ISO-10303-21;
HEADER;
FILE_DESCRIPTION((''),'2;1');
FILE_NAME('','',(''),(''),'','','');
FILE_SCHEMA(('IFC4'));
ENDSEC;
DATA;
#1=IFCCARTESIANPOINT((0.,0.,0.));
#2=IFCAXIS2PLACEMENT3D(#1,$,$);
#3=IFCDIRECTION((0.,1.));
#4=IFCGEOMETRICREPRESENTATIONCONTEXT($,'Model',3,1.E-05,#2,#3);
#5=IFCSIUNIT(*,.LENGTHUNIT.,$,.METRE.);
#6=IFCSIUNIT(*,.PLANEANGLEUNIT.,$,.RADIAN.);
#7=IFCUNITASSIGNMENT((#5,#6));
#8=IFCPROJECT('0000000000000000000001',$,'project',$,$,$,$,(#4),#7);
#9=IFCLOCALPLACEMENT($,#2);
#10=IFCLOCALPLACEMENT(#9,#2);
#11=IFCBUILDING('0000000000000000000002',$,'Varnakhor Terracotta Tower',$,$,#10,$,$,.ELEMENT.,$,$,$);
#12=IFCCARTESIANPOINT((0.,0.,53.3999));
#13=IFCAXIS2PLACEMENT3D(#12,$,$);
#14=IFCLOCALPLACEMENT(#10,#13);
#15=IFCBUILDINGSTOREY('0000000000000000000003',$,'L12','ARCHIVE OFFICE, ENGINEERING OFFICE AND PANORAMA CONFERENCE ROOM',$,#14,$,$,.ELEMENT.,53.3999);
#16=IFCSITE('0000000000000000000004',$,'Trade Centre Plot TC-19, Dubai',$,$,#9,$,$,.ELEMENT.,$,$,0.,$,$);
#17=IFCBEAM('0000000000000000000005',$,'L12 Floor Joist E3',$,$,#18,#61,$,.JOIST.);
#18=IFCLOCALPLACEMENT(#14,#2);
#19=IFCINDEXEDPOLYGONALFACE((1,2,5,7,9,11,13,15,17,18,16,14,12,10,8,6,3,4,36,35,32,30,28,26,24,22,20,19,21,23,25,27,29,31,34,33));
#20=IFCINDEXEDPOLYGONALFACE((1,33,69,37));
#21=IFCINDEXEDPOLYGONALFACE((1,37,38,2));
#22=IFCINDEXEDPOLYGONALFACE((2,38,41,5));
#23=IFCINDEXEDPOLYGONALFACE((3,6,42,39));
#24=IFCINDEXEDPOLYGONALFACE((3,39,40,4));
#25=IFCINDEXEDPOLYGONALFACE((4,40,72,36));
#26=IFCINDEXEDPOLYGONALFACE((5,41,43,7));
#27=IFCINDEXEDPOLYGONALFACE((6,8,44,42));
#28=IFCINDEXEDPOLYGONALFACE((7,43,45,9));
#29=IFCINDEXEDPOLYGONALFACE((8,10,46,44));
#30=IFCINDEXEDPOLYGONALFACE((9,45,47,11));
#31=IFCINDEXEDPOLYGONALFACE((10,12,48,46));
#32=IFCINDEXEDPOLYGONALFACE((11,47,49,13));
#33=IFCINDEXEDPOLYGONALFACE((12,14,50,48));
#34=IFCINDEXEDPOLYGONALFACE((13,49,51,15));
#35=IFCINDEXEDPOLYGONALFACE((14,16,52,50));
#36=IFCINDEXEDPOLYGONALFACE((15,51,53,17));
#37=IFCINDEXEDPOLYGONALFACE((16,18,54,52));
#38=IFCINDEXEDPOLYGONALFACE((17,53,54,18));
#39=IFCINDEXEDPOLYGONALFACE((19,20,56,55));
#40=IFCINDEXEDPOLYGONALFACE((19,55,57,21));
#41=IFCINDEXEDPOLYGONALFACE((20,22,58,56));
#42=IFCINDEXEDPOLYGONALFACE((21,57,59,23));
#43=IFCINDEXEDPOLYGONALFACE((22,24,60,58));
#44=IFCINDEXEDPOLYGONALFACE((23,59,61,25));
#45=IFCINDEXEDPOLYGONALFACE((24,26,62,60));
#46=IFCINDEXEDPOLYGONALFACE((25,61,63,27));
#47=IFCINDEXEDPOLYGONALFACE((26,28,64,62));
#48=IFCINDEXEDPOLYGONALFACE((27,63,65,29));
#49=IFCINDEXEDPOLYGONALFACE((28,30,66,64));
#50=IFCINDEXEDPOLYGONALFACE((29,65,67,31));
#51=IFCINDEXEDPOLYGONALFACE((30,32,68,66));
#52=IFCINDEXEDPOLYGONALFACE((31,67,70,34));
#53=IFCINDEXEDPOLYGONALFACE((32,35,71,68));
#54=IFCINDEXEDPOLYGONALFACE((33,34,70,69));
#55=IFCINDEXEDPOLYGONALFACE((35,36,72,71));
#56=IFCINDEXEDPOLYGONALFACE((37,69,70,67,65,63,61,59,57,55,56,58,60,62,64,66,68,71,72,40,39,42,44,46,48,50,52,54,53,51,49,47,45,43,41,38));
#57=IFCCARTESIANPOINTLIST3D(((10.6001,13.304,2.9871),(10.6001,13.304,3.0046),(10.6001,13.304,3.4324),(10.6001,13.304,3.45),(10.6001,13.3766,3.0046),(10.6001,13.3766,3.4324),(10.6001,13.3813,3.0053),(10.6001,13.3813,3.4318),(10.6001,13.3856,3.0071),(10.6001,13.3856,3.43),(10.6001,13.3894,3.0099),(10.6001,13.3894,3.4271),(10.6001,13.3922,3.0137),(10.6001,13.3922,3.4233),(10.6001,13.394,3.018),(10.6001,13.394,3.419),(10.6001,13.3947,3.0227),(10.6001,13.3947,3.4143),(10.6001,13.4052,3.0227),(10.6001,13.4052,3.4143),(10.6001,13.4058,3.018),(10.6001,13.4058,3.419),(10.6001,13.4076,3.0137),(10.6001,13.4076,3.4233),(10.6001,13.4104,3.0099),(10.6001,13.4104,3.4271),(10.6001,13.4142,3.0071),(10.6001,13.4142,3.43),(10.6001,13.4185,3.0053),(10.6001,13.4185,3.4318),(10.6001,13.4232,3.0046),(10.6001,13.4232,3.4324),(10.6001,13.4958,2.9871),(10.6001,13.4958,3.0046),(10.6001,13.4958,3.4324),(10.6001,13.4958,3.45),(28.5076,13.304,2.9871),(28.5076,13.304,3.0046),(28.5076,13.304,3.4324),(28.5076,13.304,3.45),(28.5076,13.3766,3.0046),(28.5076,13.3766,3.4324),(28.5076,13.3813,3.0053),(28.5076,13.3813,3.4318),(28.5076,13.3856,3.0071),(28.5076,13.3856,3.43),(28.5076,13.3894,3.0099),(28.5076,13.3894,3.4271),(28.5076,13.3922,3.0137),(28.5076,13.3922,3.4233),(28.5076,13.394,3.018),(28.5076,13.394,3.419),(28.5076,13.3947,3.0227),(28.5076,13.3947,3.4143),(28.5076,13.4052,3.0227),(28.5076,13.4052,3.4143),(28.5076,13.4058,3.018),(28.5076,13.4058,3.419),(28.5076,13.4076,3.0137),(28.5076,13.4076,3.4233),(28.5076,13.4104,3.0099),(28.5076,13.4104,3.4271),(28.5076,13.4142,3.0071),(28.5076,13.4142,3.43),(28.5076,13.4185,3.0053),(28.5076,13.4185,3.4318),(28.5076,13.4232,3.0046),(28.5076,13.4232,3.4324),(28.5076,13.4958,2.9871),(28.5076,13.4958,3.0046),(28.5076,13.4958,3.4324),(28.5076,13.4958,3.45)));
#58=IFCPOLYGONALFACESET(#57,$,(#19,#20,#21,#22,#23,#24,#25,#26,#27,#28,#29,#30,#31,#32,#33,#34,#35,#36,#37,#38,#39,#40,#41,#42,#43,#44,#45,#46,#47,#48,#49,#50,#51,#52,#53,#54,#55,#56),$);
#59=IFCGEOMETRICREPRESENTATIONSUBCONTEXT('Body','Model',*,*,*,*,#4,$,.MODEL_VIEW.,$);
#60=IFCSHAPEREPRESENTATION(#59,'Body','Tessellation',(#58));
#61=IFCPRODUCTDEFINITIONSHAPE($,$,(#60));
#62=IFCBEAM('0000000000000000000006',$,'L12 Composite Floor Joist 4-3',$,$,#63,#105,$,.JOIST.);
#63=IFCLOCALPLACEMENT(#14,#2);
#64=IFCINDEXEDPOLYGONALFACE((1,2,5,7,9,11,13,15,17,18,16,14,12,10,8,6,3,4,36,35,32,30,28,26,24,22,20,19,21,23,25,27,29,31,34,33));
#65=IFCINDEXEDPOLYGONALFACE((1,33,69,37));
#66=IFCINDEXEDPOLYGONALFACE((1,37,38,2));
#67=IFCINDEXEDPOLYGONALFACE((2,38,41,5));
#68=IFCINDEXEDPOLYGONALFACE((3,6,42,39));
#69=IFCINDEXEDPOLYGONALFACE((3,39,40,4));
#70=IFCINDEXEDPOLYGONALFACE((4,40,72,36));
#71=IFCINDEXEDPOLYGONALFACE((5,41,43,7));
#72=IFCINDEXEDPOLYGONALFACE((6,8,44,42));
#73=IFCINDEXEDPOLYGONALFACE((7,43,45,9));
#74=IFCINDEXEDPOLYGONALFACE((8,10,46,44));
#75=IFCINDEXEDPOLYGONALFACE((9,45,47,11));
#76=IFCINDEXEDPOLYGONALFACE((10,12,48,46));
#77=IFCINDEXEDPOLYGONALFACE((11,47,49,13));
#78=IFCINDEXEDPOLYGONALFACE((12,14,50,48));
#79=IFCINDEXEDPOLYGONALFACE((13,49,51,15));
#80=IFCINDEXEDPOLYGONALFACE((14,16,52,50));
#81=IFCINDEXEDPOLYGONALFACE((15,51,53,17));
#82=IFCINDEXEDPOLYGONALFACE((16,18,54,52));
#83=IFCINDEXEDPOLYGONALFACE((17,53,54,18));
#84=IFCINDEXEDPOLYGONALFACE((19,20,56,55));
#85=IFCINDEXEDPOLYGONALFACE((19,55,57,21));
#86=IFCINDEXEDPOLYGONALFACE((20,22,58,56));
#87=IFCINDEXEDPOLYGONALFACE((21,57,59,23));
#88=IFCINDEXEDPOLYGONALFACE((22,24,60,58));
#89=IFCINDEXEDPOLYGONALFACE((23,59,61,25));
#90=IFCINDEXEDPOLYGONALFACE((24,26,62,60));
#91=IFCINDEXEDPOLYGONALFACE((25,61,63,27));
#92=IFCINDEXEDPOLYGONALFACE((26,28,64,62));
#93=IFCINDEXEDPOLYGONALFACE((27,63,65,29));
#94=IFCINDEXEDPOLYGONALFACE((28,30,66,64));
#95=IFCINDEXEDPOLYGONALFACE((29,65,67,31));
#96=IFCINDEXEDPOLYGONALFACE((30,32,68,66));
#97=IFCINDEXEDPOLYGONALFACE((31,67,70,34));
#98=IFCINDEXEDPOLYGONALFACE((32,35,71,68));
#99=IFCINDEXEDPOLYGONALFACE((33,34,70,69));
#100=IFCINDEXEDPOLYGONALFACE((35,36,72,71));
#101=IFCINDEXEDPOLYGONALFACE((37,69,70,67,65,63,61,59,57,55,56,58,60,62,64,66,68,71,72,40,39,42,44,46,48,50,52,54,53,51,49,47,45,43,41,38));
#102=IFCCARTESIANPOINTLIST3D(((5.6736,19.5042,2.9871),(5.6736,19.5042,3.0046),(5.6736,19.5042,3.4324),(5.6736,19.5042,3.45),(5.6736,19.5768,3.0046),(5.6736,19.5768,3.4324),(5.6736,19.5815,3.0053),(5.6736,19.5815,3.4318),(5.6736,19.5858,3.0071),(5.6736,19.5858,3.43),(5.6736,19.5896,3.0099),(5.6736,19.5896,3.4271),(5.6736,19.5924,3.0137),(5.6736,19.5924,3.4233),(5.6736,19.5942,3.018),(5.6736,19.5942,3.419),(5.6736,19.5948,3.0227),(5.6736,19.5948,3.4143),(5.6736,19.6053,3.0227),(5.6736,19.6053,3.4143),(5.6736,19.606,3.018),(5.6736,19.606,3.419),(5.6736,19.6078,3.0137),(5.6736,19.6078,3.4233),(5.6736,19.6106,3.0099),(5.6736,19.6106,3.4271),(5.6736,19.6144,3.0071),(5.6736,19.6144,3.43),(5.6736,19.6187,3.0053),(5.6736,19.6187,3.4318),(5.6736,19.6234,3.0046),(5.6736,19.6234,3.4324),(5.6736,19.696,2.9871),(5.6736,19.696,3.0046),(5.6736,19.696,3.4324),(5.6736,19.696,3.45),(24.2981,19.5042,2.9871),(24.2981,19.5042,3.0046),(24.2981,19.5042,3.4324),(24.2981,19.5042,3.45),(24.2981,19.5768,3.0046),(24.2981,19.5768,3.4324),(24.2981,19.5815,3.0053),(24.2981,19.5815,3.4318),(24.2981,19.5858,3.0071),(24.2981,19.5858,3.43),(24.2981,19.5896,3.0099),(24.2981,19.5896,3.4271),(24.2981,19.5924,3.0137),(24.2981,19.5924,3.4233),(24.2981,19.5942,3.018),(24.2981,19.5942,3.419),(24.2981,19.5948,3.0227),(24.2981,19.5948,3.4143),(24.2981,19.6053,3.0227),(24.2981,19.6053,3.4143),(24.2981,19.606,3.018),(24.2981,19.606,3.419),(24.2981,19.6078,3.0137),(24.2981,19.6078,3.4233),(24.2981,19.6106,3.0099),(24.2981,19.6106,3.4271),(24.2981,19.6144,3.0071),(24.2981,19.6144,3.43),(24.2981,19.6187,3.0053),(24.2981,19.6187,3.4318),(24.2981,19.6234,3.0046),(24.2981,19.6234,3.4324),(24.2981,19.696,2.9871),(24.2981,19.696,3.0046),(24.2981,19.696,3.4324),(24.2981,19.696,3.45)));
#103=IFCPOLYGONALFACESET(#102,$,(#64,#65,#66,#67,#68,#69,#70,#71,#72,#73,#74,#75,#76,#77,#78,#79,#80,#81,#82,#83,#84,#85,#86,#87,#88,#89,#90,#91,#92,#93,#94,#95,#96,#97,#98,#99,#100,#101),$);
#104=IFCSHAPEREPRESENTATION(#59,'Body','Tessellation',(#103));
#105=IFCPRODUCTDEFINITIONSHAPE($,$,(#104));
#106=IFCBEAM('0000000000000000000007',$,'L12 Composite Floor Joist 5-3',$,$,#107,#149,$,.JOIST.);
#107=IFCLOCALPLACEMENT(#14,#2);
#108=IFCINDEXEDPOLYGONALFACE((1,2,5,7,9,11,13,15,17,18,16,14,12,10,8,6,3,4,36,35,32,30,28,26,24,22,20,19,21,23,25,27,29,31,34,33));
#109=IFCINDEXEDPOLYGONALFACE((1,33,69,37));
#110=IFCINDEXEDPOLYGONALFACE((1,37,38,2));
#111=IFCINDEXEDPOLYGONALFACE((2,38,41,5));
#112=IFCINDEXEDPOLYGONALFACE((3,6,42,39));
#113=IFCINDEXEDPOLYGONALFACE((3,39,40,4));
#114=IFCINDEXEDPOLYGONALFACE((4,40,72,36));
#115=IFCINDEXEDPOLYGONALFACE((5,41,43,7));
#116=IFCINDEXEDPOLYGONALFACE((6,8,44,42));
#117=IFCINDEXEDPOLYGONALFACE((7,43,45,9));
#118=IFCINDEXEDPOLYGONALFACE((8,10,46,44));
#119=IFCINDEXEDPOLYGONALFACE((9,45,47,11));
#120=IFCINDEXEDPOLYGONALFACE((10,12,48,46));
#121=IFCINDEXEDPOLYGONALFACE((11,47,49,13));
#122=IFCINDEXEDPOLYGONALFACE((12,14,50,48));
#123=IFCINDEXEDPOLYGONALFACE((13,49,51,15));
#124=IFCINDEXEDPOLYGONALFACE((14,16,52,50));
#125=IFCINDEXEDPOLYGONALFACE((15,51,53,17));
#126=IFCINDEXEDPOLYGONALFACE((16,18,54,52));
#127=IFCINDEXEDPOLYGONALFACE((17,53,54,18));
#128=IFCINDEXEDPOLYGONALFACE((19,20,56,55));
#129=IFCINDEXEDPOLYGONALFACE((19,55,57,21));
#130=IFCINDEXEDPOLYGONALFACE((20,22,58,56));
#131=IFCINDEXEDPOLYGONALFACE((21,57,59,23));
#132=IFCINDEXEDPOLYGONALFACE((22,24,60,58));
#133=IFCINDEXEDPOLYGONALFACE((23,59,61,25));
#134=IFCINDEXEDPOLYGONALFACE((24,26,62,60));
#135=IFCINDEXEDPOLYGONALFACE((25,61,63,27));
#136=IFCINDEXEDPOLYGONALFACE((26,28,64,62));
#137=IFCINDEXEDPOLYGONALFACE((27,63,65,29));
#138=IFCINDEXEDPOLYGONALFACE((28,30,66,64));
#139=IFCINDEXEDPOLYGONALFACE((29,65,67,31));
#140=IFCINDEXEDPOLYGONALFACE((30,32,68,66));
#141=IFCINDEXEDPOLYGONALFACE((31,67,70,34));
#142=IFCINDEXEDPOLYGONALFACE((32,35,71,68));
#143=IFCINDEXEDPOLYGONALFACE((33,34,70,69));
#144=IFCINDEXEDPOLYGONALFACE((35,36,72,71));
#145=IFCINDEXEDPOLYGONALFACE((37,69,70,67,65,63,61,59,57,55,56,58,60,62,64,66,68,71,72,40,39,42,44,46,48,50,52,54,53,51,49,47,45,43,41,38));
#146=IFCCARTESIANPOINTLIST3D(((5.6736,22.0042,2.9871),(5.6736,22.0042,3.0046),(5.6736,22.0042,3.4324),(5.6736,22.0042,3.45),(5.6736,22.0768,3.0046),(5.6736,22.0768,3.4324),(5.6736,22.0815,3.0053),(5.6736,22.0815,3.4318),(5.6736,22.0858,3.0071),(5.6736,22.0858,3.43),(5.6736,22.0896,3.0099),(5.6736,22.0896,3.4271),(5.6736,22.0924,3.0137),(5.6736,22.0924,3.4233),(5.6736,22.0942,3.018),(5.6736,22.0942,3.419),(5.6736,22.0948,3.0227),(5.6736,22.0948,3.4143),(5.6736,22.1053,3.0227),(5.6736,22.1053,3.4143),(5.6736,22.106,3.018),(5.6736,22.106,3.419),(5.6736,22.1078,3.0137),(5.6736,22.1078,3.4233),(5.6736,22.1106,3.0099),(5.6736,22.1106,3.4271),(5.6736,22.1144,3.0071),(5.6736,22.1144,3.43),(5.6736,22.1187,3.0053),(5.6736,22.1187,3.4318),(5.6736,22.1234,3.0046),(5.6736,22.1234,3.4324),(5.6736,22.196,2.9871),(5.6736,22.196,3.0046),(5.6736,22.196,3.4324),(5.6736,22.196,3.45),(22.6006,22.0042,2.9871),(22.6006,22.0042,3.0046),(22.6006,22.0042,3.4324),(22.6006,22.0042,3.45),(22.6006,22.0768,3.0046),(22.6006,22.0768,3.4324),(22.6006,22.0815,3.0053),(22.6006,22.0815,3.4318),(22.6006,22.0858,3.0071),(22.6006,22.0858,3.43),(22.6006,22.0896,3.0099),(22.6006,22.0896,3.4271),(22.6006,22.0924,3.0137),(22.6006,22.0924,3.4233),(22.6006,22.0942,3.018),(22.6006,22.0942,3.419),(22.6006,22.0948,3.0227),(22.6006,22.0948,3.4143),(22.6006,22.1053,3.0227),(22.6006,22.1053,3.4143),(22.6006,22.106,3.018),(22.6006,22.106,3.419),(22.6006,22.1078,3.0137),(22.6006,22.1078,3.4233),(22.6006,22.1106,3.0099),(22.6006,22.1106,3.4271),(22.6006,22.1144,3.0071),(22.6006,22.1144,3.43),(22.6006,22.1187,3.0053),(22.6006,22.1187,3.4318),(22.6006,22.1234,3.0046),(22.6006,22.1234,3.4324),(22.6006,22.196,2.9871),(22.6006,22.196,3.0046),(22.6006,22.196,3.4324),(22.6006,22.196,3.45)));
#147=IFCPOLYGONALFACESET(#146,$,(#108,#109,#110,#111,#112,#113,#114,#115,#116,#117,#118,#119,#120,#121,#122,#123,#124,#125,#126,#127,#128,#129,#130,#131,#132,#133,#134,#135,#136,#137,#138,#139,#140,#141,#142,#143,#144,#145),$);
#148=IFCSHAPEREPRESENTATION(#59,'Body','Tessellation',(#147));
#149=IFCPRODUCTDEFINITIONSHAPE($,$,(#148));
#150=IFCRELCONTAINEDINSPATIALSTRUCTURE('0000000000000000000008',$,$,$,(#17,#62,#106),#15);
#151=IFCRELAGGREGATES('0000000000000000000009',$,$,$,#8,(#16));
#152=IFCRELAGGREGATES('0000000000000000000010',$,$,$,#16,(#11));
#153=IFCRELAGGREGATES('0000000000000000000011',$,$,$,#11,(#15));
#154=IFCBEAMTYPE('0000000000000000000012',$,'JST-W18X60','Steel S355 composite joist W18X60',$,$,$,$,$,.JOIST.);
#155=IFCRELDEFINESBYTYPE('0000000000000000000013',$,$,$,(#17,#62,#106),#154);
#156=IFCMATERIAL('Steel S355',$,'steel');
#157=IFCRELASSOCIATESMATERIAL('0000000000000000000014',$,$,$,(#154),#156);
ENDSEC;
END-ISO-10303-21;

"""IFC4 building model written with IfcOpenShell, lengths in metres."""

from ifc_helpers import new_model, si_unit, direction, frame, origin, origin_2d, place, context, subcontext, project, spatial, i_section, extrude, source, transform, mapped, material, material_profile, profile_set, type_object, element, save


model = new_model("IFC4")

# Units and contexts
model_context = context("Model", 3, precision=1e-05, world=origin(), true_north=direction((0.0, 1.0)))
body_context = subcontext(model_context, "Body", "Model", "MODEL_VIEW")
ifc_project = project(units=[si_unit("LENGTHUNIT", "METRE"), si_unit("PLANEANGLEUNIT", "RADIAN")], contexts=[model_context])

# Site, building, storey
site_placement = place(None, origin())
site = spatial("IfcSite", under=ifc_project, at=site_placement, Name="Trade Centre Plot TC-19, Dubai", CompositionType="ELEMENT", RefElevation=0.0)
building_placement = place(site_placement, origin())
building = spatial("IfcBuilding", under=site, at=building_placement, Name="Varnakhor Terracotta Tower", CompositionType="ELEMENT")
storey_placement = place(building_placement, frame((0.0, 0.0, 53.3999)))
storey = spatial("IfcBuildingStorey", under=building, at=storey_placement, Name="L12", Description="ARCHIVE OFFICE, ENGINEERING OFFICE AND PANORAMA CONFERENCE ROOM", CompositionType="ELEMENT", Elevation=53.3999)

# Beams
ifc_material_1 = material(Name="Steel S355", Category="steel")
ifc_material_profile_1 = material_profile(ifc_material_1, i_section(OverallWidth=0.1919, OverallDepth=0.4629, WebThickness=0.0105, FlangeThickness=0.0176, FilletRadius=0.0181, at=origin_2d()), Name="W18X60")
ifc_profile_set_1 = profile_set([ifc_material_profile_1], Name="Steel S355")
beam_type_1 = type_object("IfcBeamType", Name="JST-W18X60", Description="Steel S355 composite joist W18X60", PredefinedType="JOIST", material=ifc_profile_set_1)
shared_shape_1 = source(origin(), body_context, "Body", "SweptSolid", [
    extrude(i_section(OverallWidth=0.1919, OverallDepth=0.4629, WebThickness=0.0105, FlangeThickness=0.0176, FilletRadius=0.0181, at=origin_2d()), origin(), (0.0, 0.0, 1.0), 17.9075),
])
beam_1_placement = place(storey_placement, frame((10.6001, 13.3999, 3.2185), z_axis=(1.0, 0.0, 0.0), x_axis=(0.0, 1.0, 0.0)))
element("IfcBeam", 1, at=beam_1_placement, inside=storey, type_object=beam_type_1, Name="L12 Floor Joist E3", PredefinedType="JOIST", context=body_context, shape_type="MappedRepresentation", body=[
    mapped(shared_shape_1, transform((0.0, 0.0, 0.0), scale=1.0)),
])
shared_shape_2 = source(origin(), body_context, "Body", "SweptSolid", [
    extrude(i_section(OverallWidth=0.1919, OverallDepth=0.4629, WebThickness=0.0105, FlangeThickness=0.0176, FilletRadius=0.0181, at=origin_2d()), origin(), (0.0, 0.0, 1.0), 18.6245),
])
beam_2_placement = place(storey_placement, frame((5.6736, 19.6001, 3.2185), z_axis=(1.0, 0.0, 0.0), x_axis=(0.0, 1.0, 0.0)))
element("IfcBeam", 2, at=beam_2_placement, inside=storey, type_object=beam_type_1, Name="L12 Composite Floor Joist 4-3", PredefinedType="JOIST", context=body_context, shape_type="MappedRepresentation", body=[
    mapped(shared_shape_2, transform((0.0, 0.0, 0.0), scale=1.0)),
])
shared_shape_3 = source(origin(), body_context, "Body", "SweptSolid", [
    extrude(i_section(OverallWidth=0.1919, OverallDepth=0.4629, WebThickness=0.0105, FlangeThickness=0.0176, FilletRadius=0.0181, at=origin_2d()), origin(), (0.0, 0.0, 1.0), 16.927),
])
beam_3_placement = place(storey_placement, frame((5.6736, 22.1001, 3.2185), z_axis=(1.0, 0.0, 0.0), x_axis=(0.0, 1.0, 0.0)))
element("IfcBeam", 3, at=beam_3_placement, inside=storey, type_object=beam_type_1, Name="L12 Composite Floor Joist 5-3", PredefinedType="JOIST", context=body_context, shape_type="MappedRepresentation", body=[
    mapped(shared_shape_3, transform((0.0, 0.0, 0.0), scale=1.0)),
])

save(model, "model.ifc")
